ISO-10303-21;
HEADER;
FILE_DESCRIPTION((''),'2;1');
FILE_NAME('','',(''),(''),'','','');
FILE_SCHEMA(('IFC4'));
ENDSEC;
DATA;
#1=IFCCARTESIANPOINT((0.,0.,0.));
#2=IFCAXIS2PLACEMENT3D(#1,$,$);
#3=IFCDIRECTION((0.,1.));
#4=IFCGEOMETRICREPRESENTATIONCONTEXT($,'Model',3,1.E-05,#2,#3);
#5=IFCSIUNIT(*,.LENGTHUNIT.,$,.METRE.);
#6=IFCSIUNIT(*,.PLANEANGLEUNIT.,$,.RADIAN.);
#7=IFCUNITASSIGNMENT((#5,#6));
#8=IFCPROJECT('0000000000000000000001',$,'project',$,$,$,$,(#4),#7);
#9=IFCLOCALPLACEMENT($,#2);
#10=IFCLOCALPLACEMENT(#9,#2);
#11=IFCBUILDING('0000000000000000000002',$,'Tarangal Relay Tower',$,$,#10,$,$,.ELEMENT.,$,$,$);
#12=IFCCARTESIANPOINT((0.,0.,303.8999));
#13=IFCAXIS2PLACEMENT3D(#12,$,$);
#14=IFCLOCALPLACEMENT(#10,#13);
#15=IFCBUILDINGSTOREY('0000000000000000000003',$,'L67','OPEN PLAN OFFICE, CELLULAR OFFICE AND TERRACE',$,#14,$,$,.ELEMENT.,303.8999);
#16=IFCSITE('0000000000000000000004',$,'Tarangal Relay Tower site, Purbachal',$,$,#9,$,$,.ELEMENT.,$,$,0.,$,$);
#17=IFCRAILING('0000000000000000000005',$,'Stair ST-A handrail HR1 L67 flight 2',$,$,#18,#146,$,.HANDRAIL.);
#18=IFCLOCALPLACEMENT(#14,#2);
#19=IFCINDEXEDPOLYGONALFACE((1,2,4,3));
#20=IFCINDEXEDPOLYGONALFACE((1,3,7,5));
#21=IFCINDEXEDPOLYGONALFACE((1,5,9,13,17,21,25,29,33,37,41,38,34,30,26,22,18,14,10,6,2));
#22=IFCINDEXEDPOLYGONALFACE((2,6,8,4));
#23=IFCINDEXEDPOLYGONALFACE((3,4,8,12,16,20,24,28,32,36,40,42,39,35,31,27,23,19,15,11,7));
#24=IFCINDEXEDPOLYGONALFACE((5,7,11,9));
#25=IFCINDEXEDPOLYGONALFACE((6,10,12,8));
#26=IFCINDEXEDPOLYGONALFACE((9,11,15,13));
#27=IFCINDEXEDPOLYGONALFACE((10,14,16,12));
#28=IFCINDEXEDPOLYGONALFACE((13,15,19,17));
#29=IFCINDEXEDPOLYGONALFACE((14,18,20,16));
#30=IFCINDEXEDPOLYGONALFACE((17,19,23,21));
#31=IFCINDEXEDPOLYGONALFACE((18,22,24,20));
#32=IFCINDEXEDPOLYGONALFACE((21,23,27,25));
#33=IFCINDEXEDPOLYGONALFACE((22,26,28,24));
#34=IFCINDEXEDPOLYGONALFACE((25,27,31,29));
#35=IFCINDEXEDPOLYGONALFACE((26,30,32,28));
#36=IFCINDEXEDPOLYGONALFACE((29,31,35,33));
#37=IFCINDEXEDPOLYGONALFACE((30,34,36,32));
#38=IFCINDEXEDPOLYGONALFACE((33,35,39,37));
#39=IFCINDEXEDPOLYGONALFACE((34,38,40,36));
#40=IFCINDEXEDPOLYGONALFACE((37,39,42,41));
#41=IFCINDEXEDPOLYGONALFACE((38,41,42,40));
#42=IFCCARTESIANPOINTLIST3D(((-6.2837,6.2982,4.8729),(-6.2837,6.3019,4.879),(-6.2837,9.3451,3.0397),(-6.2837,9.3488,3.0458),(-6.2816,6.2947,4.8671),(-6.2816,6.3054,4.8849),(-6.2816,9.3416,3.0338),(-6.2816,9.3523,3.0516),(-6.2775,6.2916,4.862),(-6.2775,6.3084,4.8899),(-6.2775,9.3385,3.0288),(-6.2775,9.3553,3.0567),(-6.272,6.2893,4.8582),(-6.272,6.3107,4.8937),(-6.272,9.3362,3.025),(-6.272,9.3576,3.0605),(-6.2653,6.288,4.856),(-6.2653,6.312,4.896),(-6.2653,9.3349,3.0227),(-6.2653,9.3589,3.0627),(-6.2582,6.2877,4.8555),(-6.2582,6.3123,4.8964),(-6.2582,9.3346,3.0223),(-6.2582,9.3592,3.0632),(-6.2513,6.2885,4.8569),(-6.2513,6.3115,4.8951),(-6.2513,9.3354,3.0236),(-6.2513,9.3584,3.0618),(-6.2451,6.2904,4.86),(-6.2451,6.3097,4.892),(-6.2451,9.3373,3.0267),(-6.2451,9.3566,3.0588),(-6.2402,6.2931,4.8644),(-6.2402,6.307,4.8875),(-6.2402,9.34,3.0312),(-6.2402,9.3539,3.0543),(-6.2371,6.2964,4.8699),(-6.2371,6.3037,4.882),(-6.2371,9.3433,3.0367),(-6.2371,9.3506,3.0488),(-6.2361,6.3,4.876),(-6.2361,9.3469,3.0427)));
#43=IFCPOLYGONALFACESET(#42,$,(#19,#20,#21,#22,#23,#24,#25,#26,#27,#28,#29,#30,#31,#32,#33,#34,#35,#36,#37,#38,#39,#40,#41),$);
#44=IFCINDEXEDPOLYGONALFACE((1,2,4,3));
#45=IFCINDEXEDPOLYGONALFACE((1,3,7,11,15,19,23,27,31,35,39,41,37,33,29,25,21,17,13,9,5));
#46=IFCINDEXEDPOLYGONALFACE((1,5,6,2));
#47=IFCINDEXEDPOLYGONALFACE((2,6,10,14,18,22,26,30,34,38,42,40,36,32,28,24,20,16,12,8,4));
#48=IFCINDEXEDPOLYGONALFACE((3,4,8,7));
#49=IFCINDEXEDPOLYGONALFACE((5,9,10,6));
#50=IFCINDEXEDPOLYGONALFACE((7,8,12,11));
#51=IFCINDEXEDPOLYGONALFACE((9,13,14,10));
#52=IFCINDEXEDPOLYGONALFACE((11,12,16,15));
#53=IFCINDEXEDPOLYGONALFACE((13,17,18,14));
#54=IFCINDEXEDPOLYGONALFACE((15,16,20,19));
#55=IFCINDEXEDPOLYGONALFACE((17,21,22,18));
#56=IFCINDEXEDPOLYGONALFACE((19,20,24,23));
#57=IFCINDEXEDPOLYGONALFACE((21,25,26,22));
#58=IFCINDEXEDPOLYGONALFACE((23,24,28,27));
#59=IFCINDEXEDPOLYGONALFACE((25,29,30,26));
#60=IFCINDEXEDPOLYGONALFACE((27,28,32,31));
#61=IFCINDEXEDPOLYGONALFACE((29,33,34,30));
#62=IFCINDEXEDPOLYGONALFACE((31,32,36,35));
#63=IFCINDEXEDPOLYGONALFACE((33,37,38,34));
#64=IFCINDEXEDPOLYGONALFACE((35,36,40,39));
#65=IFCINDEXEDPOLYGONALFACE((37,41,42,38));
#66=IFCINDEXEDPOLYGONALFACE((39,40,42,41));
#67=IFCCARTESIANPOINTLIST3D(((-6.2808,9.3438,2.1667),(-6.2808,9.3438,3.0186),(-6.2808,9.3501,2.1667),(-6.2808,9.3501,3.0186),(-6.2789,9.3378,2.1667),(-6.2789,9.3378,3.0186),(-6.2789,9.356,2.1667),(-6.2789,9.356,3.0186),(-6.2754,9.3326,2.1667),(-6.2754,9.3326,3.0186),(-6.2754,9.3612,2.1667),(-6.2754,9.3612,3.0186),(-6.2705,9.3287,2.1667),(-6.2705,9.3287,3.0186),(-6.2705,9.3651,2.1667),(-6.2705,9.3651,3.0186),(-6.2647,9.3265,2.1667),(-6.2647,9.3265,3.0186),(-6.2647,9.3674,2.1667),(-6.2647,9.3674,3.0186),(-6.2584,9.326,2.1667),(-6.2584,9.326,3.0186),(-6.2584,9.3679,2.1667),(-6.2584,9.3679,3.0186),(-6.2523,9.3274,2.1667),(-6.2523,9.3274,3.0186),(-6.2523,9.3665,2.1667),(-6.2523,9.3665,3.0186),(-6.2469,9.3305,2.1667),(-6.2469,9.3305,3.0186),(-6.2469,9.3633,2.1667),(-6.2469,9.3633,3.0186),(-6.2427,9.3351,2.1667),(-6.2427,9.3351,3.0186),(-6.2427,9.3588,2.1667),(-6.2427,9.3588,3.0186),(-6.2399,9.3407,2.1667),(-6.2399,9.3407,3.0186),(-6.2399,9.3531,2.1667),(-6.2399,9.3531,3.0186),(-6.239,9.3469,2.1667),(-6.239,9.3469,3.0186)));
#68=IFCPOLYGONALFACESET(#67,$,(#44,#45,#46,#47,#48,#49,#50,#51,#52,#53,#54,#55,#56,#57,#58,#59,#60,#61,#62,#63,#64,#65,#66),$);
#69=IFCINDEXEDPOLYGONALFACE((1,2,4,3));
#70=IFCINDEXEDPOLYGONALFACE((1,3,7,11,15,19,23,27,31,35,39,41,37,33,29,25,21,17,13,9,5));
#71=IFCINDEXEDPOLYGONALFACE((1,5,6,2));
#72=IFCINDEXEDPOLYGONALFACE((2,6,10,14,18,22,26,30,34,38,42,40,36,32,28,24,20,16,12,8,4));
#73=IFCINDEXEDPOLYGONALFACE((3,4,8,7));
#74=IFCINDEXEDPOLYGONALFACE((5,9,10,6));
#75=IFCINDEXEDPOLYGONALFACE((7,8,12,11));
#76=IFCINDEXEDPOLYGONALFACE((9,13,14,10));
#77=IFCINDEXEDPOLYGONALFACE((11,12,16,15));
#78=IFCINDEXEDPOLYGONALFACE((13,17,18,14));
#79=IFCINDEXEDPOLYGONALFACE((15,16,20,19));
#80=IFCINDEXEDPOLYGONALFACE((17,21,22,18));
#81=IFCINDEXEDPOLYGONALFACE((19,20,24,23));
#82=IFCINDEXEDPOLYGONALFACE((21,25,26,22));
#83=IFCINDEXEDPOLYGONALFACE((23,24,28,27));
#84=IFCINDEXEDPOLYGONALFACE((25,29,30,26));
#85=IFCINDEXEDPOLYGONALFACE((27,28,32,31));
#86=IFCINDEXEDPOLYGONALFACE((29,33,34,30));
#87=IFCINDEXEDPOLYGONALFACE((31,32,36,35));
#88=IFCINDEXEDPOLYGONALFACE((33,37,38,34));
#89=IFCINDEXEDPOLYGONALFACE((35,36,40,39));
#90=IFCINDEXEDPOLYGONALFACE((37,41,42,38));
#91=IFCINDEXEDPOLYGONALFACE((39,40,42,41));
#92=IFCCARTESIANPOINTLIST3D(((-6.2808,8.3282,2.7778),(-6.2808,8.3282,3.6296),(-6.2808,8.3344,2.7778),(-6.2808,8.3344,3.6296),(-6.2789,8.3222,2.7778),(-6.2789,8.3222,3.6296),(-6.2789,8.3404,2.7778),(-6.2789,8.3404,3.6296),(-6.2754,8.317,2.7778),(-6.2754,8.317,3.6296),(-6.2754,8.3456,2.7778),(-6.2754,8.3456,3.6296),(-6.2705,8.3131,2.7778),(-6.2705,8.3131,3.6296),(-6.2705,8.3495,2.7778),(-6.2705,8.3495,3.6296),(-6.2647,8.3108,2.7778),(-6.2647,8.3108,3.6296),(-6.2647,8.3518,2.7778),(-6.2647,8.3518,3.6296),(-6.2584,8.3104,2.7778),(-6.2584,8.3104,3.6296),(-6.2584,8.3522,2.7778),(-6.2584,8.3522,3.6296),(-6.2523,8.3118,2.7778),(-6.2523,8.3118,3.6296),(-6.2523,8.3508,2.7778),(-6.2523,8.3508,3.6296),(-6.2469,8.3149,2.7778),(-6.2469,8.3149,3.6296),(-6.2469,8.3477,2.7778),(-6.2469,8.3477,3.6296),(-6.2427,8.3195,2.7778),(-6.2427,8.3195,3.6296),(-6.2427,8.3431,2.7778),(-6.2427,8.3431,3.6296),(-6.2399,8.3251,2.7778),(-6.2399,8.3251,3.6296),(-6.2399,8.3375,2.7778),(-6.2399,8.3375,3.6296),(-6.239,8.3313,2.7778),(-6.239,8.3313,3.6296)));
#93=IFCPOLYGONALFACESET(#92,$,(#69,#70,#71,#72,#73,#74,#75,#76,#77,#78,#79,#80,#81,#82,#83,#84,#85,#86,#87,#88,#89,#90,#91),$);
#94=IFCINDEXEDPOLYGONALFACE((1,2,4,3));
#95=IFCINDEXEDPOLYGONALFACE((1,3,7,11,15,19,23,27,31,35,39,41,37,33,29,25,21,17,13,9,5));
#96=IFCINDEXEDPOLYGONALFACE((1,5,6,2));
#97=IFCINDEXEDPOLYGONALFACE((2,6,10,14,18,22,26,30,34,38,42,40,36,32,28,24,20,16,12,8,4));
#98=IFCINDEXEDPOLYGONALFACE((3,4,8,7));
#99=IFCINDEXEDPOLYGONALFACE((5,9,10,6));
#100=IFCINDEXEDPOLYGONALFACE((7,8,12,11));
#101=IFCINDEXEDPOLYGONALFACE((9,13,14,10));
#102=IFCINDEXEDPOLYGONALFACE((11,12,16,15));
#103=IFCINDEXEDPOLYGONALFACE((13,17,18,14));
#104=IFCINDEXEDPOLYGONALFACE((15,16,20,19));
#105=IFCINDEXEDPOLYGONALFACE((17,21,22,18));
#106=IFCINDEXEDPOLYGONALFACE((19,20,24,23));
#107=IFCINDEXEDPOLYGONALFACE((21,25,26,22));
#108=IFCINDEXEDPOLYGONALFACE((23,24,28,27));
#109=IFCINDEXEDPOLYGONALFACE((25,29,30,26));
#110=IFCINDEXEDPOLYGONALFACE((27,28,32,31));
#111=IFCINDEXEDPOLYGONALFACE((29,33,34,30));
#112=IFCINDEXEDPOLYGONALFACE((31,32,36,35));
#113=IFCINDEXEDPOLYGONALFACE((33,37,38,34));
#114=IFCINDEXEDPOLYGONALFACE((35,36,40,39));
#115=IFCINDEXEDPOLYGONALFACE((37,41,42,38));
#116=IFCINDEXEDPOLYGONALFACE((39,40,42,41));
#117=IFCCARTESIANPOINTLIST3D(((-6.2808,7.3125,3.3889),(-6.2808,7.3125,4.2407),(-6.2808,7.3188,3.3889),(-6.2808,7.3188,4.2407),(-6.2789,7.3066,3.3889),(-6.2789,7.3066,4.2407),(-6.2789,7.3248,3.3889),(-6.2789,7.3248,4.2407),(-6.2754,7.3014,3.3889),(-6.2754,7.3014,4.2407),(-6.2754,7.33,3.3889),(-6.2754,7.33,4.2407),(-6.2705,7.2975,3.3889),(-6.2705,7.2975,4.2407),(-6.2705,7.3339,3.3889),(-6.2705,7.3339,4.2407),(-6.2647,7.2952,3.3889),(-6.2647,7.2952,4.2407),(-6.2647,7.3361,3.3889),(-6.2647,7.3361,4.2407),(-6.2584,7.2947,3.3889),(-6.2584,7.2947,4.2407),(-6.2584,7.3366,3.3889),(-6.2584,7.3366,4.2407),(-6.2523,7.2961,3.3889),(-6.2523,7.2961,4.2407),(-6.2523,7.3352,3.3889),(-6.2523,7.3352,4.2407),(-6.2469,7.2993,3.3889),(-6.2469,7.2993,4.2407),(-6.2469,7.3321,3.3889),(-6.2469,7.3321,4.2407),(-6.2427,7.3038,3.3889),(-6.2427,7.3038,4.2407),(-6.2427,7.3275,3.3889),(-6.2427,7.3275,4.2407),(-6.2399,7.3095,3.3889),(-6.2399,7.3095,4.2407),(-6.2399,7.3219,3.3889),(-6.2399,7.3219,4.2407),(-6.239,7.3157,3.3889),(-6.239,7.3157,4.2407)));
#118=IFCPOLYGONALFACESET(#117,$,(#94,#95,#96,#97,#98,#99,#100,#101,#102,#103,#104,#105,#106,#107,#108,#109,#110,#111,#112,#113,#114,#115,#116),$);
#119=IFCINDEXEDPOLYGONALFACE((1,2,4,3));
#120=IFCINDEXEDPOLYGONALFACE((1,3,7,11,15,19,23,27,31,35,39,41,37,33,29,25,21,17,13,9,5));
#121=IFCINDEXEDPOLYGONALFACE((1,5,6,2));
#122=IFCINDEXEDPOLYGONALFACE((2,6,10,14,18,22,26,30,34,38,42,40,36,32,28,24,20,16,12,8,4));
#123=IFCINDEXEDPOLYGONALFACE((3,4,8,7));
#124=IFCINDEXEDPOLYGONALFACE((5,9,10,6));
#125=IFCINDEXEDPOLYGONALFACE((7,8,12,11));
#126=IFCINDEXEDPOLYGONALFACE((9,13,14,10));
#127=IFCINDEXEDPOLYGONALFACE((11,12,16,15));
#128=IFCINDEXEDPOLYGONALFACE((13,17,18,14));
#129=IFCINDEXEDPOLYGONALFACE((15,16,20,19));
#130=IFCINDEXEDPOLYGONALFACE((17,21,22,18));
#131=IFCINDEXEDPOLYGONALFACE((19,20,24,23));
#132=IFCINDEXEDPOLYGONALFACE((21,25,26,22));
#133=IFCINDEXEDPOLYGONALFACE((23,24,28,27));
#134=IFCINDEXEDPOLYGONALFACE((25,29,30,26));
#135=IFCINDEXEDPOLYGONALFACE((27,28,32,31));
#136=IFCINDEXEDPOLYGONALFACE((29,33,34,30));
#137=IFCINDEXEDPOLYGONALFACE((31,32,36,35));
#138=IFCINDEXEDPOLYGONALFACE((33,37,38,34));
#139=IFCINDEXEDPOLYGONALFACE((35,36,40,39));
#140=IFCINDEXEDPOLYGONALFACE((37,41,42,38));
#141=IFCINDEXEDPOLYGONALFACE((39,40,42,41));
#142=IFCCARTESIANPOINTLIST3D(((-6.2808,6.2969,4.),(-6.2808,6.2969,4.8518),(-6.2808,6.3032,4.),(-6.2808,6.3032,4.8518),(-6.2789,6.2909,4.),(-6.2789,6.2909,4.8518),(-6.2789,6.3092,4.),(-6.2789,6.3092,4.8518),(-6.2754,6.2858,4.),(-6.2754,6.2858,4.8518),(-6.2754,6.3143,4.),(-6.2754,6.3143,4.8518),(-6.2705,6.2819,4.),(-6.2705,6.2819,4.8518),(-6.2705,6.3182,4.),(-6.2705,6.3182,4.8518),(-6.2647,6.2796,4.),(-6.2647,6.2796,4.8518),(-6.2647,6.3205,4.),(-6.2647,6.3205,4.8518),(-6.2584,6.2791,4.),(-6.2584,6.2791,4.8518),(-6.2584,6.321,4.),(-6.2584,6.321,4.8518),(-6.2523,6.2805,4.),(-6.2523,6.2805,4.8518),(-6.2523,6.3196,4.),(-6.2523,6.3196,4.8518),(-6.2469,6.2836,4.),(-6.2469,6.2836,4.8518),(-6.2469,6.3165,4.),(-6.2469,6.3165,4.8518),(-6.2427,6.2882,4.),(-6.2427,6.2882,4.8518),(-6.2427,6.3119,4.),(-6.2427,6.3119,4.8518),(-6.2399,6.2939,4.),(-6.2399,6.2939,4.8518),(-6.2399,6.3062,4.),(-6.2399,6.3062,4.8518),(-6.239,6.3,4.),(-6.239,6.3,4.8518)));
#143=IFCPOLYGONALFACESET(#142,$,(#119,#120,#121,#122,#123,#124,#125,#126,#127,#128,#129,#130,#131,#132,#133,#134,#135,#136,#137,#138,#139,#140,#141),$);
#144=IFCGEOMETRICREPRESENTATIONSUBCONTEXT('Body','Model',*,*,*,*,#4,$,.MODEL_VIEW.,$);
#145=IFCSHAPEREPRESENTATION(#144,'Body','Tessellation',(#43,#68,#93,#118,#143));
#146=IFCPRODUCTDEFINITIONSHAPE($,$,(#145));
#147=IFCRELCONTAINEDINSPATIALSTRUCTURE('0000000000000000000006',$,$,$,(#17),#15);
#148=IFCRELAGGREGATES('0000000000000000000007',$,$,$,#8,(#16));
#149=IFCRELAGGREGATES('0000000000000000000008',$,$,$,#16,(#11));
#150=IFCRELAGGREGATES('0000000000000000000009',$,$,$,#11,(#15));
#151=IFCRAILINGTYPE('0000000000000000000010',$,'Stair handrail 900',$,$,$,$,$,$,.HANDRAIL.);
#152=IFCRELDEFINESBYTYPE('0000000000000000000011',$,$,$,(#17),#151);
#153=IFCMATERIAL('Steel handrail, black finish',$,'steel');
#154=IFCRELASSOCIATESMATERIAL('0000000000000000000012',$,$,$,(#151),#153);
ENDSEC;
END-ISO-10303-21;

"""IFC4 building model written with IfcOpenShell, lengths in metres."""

from ifc_helpers import new_model, si_unit, direction, frame, origin, origin_2d, place, context, subcontext, project, spatial, circle, extrude, material, type_object, element, save


model = new_model("IFC4")

# Units and contexts
model_context = context("Model", 3, precision=1e-05, world=origin(), true_north=direction((0.0, 1.0)))
body_context = subcontext(model_context, "Body", "Model", "MODEL_VIEW")
ifc_project = project(units=[si_unit("LENGTHUNIT", "METRE"), si_unit("PLANEANGLEUNIT", "RADIAN")], contexts=[model_context])

# Site, building, storey
site_placement = place(None, origin())
site = spatial("IfcSite", under=ifc_project, at=site_placement, Name="Tarangal Relay Tower site, Purbachal", CompositionType="ELEMENT", RefElevation=0.0)
building_placement = place(site_placement, origin())
building = spatial("IfcBuilding", under=site, at=building_placement, Name="Tarangal Relay Tower", CompositionType="ELEMENT")
storey_placement = place(building_placement, frame((0.0, 0.0, 303.8999)))
storey = spatial("IfcBuildingStorey", under=building, at=storey_placement, Name="L67", Description="OPEN PLAN OFFICE, CELLULAR OFFICE AND TERRACE", CompositionType="ELEMENT", Elevation=303.8999)

# Railing
ifc_material_1 = material(Name="Steel handrail, black finish", Category="steel")
railing_type_1 = type_object("IfcRailingType", Name="Stair handrail 900", PredefinedType="HANDRAIL", material=ifc_material_1)
railing_1_placement = place(storey_placement, frame((-6.26, 9.3469, 2.1667)))
element("IfcRailing", 1, at=railing_1_placement, inside=storey, type_object=railing_type_1, Name="Stair ST-A handrail HR1 L67 flight 2", PredefinedType="HANDRAIL", context=body_context, shape_type="SweptSolid", body=[
    extrude(circle(Radius=0.0239, at=origin_2d()), frame((0.0, 0.0, 0.876), z_axis=(0.0, -0.856856, 0.515556), x_axis=(1.0, 0.0, 0.0)), (0.0, 0.0, 1.0), 3.5559),
    extrude(circle(Radius=0.021, at=origin_2d()), origin(), (0.0, 0.0, 1.0), 0.8518),
    extrude(circle(Radius=0.021, at=origin_2d()), frame((0.0, -1.0156, 0.6111)), (0.0, 0.0, 1.0), 0.8518),
    extrude(circle(Radius=0.021, at=origin_2d()), frame((0.0, -2.0312, 1.2222)), (0.0, 0.0, 1.0), 0.8518),
    extrude(circle(Radius=0.021, at=origin_2d()), frame((0.0, -3.0469, 1.8333)), (0.0, 0.0, 1.0), 0.8518),
])

save(model, "model.ifc")
